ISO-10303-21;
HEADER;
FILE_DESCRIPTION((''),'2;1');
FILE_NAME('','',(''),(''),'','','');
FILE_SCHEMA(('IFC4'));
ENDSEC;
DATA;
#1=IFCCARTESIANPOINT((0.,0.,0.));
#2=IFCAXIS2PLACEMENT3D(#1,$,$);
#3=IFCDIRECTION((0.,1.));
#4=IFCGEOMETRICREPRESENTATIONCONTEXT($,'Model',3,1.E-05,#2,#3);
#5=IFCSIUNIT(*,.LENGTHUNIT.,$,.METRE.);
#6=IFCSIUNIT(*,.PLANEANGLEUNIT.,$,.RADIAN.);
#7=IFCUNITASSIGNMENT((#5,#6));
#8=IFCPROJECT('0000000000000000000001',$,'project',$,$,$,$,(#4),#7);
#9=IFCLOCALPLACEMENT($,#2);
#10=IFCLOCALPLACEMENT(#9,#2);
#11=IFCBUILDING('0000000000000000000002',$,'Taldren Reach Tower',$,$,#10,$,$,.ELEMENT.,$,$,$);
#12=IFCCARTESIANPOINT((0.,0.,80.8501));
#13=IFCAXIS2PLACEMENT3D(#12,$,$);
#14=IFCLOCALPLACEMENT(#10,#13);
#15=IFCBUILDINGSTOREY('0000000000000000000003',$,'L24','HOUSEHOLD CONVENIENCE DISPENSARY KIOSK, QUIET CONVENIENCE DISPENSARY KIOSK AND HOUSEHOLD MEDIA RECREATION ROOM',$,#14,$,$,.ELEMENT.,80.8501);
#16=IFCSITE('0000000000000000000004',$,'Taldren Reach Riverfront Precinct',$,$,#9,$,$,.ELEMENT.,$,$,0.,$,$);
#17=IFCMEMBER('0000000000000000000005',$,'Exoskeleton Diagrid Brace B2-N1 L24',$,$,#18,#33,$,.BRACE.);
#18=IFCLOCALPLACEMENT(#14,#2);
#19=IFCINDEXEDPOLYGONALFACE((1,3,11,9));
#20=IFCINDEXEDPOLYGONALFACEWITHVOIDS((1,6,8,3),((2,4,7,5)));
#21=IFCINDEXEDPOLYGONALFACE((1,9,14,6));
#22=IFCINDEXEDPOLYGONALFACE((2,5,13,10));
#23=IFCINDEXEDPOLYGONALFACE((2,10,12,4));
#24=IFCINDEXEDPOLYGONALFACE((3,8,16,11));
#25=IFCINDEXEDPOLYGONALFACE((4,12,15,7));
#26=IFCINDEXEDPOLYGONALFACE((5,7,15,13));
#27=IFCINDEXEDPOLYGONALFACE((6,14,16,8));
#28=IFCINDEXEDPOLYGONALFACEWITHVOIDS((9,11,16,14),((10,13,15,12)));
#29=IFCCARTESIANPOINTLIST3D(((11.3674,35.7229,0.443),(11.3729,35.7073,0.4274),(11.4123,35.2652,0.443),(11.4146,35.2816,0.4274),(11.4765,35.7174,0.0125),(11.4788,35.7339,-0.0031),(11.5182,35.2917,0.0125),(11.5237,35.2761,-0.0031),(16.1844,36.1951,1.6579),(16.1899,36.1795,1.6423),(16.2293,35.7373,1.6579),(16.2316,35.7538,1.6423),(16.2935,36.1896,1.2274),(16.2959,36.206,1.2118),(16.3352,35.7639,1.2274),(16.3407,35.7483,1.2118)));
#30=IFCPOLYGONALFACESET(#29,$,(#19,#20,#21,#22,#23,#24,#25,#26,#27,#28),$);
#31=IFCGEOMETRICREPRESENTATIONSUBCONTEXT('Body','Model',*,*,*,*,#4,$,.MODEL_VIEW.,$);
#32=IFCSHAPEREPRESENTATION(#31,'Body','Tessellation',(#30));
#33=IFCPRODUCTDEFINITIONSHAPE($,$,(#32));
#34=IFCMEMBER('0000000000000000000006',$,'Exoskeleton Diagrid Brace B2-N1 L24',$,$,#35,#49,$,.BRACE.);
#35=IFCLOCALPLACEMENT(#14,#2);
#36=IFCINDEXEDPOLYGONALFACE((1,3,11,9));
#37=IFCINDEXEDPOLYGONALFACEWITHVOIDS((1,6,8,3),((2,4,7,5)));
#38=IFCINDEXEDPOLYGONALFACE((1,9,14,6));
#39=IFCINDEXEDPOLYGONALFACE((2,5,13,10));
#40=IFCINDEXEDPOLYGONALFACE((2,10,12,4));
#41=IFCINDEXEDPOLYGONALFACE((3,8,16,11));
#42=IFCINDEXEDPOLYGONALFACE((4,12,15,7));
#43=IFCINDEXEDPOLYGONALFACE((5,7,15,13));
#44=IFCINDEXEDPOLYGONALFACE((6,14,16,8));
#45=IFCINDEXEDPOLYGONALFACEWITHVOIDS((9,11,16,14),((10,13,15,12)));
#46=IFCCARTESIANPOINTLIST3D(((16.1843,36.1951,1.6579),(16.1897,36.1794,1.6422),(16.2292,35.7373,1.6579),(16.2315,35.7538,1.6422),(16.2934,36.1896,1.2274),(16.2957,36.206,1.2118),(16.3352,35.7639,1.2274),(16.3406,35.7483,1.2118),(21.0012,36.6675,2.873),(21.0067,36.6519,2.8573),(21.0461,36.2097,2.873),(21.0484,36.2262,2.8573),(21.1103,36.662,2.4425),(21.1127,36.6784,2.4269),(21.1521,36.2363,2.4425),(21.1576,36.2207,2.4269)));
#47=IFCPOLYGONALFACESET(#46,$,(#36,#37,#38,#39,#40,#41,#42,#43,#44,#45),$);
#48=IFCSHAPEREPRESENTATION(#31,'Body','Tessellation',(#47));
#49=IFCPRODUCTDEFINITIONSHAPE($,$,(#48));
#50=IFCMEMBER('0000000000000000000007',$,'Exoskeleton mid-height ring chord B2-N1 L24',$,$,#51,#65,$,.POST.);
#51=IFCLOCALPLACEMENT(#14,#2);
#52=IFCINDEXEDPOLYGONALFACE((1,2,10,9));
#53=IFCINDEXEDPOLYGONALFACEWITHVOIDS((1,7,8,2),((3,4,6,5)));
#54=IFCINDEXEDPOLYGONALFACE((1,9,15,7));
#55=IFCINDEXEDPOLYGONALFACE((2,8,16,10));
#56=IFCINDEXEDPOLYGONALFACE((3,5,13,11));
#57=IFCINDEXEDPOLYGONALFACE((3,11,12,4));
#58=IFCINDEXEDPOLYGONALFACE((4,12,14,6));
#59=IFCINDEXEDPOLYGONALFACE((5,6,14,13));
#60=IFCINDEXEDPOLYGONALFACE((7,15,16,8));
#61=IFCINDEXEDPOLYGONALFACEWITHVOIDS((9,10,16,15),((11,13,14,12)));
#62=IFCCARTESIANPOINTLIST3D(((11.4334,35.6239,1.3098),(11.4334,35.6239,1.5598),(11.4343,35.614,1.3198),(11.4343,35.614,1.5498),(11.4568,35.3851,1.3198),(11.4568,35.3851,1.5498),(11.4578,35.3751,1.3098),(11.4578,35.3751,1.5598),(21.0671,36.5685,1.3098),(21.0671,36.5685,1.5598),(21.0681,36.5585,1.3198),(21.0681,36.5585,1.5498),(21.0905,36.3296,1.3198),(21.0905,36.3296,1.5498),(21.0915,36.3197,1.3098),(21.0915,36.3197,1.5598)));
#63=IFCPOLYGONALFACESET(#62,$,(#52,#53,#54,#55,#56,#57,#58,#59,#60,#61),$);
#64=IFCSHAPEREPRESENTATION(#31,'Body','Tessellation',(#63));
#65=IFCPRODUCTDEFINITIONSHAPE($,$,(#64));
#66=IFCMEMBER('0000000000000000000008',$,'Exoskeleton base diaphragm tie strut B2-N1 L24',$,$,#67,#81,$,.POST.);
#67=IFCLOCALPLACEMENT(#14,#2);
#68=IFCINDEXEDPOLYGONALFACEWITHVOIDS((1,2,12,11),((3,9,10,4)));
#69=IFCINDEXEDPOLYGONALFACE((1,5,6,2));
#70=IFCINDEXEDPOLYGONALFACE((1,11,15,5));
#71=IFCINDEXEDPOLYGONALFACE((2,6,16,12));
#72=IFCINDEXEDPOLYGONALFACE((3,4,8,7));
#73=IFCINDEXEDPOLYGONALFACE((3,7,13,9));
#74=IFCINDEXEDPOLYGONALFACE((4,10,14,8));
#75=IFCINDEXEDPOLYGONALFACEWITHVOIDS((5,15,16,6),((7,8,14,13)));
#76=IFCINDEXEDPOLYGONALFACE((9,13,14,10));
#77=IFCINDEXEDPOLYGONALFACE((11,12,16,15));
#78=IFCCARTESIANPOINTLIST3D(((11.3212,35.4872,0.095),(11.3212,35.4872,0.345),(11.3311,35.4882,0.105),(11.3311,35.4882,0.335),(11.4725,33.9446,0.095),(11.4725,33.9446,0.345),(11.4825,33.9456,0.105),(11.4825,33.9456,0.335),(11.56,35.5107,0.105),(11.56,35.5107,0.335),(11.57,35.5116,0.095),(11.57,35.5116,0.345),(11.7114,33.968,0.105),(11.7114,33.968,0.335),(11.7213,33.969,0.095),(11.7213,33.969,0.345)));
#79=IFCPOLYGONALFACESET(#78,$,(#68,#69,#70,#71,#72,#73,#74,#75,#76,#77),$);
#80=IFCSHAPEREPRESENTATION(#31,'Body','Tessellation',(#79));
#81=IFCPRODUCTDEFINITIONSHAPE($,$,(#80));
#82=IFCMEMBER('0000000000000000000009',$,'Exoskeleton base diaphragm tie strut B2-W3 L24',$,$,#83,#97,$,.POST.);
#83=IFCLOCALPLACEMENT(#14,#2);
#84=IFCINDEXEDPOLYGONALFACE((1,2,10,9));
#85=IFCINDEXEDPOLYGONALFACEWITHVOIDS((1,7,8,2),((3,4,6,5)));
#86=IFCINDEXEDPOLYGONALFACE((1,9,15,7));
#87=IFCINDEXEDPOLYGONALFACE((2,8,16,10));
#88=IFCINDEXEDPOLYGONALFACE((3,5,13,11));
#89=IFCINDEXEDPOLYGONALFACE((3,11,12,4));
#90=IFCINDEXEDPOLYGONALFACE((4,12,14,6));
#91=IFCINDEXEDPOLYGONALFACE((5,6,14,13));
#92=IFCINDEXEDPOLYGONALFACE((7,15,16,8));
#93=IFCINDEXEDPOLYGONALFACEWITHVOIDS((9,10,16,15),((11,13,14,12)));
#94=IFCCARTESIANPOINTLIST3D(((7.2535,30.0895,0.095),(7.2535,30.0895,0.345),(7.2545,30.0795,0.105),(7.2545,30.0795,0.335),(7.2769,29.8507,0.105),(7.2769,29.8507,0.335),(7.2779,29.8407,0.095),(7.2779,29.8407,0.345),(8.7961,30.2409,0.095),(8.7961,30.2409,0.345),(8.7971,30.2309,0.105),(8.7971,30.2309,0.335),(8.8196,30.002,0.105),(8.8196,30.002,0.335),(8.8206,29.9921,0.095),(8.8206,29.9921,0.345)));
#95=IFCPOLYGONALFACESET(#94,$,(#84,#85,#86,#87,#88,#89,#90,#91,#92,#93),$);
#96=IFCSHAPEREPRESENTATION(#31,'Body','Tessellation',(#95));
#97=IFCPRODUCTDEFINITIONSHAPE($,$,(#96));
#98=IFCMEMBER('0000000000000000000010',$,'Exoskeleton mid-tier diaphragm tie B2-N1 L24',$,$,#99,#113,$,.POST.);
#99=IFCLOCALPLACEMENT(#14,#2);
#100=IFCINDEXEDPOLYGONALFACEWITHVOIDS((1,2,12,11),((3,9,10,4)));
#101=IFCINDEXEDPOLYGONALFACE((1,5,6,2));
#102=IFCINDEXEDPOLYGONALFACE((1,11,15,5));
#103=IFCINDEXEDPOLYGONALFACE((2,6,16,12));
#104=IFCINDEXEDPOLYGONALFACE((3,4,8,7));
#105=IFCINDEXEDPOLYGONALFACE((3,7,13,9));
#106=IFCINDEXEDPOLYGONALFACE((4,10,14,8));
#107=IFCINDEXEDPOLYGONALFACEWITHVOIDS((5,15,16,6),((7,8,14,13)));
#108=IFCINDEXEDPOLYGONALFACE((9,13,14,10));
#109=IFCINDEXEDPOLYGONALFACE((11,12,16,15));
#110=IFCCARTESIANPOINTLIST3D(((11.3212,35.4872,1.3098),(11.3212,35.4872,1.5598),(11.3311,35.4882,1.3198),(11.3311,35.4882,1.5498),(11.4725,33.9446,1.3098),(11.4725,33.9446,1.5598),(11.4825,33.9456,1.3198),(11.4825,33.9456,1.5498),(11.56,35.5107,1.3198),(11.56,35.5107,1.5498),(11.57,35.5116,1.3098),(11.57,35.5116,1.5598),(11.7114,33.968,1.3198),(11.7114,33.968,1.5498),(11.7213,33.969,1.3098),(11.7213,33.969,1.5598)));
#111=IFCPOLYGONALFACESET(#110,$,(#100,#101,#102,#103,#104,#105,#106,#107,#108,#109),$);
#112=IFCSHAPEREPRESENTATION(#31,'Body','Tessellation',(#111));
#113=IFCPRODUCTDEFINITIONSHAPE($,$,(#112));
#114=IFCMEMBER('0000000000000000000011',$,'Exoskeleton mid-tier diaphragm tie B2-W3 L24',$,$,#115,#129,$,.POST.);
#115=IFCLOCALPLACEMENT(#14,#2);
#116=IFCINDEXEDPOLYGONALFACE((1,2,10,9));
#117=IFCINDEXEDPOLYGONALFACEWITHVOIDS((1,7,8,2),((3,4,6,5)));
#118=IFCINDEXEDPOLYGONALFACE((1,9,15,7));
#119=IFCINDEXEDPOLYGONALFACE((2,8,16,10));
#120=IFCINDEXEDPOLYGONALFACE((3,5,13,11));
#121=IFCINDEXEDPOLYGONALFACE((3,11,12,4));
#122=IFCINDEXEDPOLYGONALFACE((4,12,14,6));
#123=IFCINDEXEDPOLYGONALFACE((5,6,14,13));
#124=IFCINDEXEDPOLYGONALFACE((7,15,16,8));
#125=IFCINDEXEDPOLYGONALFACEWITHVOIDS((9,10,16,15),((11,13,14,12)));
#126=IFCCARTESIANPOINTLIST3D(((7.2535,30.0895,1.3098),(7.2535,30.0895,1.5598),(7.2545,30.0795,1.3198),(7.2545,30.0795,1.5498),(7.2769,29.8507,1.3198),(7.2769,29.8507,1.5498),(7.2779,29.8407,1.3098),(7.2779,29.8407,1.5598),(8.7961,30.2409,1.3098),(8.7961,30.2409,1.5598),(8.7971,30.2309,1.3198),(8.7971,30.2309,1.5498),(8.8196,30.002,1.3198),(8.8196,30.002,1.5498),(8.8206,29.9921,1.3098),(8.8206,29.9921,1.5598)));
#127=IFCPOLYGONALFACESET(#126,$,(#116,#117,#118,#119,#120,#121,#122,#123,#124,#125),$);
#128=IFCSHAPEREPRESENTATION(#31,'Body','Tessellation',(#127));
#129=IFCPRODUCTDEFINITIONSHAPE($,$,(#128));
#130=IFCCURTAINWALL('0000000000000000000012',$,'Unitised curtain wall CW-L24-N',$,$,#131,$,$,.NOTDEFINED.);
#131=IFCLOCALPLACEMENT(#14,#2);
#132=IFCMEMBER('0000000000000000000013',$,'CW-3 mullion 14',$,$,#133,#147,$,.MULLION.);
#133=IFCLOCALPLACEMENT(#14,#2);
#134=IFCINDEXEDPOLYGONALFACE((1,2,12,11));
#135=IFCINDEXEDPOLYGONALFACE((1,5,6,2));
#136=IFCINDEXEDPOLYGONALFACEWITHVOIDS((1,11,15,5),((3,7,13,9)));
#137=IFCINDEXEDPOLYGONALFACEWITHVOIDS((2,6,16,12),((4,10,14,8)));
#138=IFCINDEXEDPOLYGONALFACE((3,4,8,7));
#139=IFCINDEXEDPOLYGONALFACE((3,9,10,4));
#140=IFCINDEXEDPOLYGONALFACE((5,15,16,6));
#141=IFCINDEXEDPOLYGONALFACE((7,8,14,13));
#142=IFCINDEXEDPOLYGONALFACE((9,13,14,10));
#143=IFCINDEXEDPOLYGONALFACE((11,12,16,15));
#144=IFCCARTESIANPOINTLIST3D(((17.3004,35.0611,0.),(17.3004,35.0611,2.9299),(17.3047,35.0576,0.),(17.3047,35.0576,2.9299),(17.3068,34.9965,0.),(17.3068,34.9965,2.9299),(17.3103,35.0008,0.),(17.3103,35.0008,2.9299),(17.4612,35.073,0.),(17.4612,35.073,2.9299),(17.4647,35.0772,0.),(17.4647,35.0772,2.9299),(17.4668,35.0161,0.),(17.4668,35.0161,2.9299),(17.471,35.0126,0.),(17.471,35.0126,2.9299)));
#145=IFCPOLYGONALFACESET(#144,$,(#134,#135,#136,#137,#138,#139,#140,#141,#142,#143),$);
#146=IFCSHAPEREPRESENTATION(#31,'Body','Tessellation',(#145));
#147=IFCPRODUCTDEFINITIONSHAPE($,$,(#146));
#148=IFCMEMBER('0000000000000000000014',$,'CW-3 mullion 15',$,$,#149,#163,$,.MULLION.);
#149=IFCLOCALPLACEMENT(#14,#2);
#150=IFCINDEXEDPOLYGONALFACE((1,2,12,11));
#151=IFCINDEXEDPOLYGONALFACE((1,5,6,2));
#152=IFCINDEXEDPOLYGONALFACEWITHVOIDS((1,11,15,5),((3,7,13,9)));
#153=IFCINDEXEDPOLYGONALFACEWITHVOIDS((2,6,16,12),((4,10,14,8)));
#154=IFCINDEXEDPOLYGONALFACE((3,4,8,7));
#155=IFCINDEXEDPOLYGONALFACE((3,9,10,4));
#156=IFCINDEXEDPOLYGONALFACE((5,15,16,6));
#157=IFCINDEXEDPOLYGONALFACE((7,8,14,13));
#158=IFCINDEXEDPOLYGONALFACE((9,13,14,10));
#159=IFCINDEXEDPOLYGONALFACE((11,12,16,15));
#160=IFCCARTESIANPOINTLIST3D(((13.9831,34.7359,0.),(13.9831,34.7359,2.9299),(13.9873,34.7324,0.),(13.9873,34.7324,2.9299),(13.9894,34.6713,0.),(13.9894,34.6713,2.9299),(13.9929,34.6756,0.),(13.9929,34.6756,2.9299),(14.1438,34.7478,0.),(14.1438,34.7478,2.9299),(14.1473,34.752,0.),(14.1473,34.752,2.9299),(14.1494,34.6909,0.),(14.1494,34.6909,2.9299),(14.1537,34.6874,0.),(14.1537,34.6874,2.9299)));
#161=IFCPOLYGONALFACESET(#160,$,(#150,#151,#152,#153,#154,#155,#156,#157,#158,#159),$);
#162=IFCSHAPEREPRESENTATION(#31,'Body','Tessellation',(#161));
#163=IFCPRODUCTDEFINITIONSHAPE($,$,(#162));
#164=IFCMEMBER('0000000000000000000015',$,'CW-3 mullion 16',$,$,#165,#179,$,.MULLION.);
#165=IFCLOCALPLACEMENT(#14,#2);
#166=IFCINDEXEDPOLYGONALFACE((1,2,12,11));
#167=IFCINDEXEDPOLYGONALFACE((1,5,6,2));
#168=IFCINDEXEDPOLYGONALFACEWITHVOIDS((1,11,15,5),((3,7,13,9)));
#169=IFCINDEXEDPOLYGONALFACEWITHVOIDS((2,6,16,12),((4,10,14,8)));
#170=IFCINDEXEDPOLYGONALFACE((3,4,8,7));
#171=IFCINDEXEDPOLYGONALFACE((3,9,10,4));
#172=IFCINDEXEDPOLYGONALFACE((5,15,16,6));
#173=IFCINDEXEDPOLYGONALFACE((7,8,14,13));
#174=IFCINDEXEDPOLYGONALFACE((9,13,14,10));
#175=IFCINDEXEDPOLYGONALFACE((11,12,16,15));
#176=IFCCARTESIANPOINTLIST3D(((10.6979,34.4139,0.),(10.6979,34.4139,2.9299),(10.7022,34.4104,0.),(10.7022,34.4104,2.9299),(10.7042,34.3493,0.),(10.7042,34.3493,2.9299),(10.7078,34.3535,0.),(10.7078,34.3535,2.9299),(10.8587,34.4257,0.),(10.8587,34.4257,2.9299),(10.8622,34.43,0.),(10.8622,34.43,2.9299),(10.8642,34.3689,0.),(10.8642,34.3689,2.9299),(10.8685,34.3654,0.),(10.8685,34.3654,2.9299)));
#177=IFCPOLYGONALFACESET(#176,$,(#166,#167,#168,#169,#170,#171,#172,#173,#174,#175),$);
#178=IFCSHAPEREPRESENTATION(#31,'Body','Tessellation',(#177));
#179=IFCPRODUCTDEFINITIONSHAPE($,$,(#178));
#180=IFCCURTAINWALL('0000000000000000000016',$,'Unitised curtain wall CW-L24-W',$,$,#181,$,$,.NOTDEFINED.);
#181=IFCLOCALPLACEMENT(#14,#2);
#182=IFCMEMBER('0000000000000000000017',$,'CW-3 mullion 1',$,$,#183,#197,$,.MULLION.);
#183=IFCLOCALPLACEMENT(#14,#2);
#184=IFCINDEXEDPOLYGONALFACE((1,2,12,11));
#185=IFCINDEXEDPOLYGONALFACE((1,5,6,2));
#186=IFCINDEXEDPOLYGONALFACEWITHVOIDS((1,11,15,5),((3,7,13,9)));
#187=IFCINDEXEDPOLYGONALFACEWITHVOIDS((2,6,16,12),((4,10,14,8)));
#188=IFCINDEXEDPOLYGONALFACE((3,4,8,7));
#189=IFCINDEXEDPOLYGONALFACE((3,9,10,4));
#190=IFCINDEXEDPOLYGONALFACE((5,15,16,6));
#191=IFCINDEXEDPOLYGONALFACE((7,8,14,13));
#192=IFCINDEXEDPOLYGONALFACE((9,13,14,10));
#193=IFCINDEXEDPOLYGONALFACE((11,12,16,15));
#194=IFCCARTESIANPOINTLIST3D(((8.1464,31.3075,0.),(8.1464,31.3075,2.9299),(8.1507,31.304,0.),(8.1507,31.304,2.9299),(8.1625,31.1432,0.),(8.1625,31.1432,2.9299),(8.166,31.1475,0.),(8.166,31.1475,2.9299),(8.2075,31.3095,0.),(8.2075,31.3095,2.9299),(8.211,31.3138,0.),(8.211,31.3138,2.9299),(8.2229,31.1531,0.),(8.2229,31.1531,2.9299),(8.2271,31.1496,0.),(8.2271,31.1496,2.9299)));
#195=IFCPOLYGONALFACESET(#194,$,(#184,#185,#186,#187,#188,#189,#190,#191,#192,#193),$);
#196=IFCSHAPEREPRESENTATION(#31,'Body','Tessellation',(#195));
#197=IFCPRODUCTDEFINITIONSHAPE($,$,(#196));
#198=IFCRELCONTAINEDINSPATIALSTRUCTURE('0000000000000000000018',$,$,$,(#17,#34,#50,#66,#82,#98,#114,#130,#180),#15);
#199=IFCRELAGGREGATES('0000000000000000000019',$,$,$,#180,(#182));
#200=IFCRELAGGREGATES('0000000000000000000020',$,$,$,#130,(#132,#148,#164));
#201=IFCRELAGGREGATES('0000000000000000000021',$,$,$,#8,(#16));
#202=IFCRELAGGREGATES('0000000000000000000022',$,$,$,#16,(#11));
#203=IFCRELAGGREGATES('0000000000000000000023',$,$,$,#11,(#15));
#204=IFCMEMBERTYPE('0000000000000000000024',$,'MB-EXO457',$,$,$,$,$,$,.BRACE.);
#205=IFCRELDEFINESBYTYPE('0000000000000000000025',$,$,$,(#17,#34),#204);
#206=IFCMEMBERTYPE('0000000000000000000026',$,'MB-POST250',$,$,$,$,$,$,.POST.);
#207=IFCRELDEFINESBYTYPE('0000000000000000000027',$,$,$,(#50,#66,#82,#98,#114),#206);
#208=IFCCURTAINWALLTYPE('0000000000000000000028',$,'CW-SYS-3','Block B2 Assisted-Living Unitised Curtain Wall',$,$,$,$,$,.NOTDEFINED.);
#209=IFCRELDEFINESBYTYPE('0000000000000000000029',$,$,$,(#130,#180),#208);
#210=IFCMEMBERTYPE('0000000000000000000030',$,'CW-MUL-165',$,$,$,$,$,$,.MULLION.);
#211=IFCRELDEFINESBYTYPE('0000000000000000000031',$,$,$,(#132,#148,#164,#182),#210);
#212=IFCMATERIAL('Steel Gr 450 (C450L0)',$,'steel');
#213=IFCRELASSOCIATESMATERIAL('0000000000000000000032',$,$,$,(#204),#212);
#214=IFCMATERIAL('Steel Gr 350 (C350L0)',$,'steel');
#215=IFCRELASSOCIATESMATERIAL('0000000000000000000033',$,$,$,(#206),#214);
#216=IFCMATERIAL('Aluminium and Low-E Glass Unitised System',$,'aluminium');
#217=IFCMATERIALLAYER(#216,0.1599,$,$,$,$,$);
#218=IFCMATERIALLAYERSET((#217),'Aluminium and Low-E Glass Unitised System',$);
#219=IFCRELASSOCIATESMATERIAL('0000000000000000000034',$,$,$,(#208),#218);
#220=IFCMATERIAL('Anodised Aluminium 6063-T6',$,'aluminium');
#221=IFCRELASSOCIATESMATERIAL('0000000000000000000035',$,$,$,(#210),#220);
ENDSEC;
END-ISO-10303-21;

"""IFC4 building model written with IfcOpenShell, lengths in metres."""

from ifc_helpers import new_model, si_unit, direction, frame, origin, origin_2d, place, context, subcontext, project, spatial, hollow_rectangle, extrude, source, transform, mapped, material, layer, layer_set, material_profile, profile_set, type_object, element, aggregate, save


model = new_model("IFC4")

# Units and contexts
model_context = context("Model", 3, precision=1e-05, world=origin(), true_north=direction((0.0, 1.0)))
body_context = subcontext(model_context, "Body", "Model", "MODEL_VIEW")
ifc_project = project(units=[si_unit("LENGTHUNIT", "METRE"), si_unit("PLANEANGLEUNIT", "RADIAN")], contexts=[model_context])

# Site, building, storey
site_placement = place(None, origin())
site = spatial("IfcSite", under=ifc_project, at=site_placement, Name="Taldren Reach Riverfront Precinct", CompositionType="ELEMENT", RefElevation=0.0)
building_placement = place(site_placement, origin())
building = spatial("IfcBuilding", under=site, at=building_placement, Name="Taldren Reach Tower", CompositionType="ELEMENT")
storey_placement = place(building_placement, frame((0.0, 0.0, 80.8501)))
storey = spatial("IfcBuildingStorey", under=building, at=storey_placement, Name="L24", Description="HOUSEHOLD CONVENIENCE DISPENSARY KIOSK, QUIET CONVENIENCE DISPENSARY KIOSK AND HOUSEHOLD MEDIA RECREATION ROOM", CompositionType="ELEMENT", Elevation=80.8501)

# Members
ifc_material_1 = material(Name="Steel Gr 450 (C450L0)", Category="steel")
ifc_material_profile_1 = material_profile(ifc_material_1, hollow_rectangle(XDim=0.46, YDim=0.46, WallThickness=0.0161, at=origin_2d()), Name="460x460x16.0SHS")
ifc_profile_set_1 = profile_set([ifc_material_profile_1], Name="Steel Gr 450 (C450L0)")
member_type_1 = type_object("IfcMemberType", Name="MB-EXO457", PredefinedType="BRACE", material=ifc_profile_set_1)
shared_shape_1 = source(origin(), body_context, "Body", "SweptSolid", [
    extrude(hollow_rectangle(XDim=0.46, YDim=0.46, WallThickness=0.0161, at=origin_2d()), origin(), (0.0, 0.0, 1.0), 4.9902),
])
for number, where, z_axis, x_axis, name in (
    (1, (11.4456, 35.4995, 0.22), (0.965287, 0.094621, 0.24345), (-0.097556, 0.99523, 0.0), "Exoskeleton Diagrid Brace B2-N1 L24"),
    (2, (16.2625, 35.9717, 1.4348), (0.965271, 0.094668, 0.243495), (-0.097606, 0.995225, 0.0), "Exoskeleton Diagrid Brace B2-N1 L24"),
):
    element("IfcMember", number, at=place(storey_placement, frame(where, z_axis=z_axis, x_axis=x_axis)), inside=storey, type_object=member_type_1, Name=name, PredefinedType="BRACE", context=body_context, shape_type="MappedRepresentation", body=[
        mapped(shared_shape_1, transform((0.0, 0.0, 0.0), scale=1.0)),
    ])
ifc_material_2 = material(Name="Steel Gr 350 (C350L0)", Category="steel")
ifc_material_profile_2 = material_profile(ifc_material_2, hollow_rectangle(XDim=0.25, YDim=0.25, WallThickness=0.01, at=origin_2d()), Name="250x250x10.0SHS")
ifc_profile_set_2 = profile_set([ifc_material_profile_2], Name="Steel Gr 350 (C350L0)")
member_type_2 = type_object("IfcMemberType", Name="MB-POST250", PredefinedType="POST", material=ifc_profile_set_2)
shared_shape_2 = source(origin(), body_context, "Body", "SweptSolid", [
    extrude(hollow_rectangle(XDim=0.25, YDim=0.25, WallThickness=0.01, at=origin_2d()), origin(), (0.0, 0.0, 1.0), 9.6799),
])
member_1_placement = place(storey_placement, frame((11.4456, 35.4995, 1.4348), z_axis=(0.995228, 0.097581, 0.0), x_axis=(-0.097581, 0.995228, 0.0)))
element("IfcMember", 3, at=member_1_placement, inside=storey, type_object=member_type_2, Name="Exoskeleton mid-height ring chord B2-N1 L24", PredefinedType="POST", context=body_context, shape_type="MappedRepresentation", body=[
    mapped(shared_shape_2, transform((0.0, 0.0, 0.0), scale=1.0)),
])
shared_shape_3 = source(origin(), body_context, "Body", "SweptSolid", [
    extrude(hollow_rectangle(XDim=0.25, YDim=0.25, WallThickness=0.01, at=origin_2d()), origin(), (0.0, 0.0, 1.0), 1.55),
])
for number, where, z_axis, x_axis, name in (
    (4, (11.5969, 33.9568, 0.22), (-0.097648, 0.995221, 0.0), (-0.995221, -0.097648, 0.0), "Exoskeleton base diaphragm tie strut B2-N1 L24"),
    (5, (8.8083, 30.1165, 0.22), (-0.995221, -0.097648, 0.0), (0.097648, -0.995221, 0.0), "Exoskeleton base diaphragm tie strut B2-W3 L24"),
    (6, (11.5969, 33.9568, 1.4348), (-0.097648, 0.995221, 0.0), (-0.995221, -0.097648, 0.0), "Exoskeleton mid-tier diaphragm tie B2-N1 L24"),
    (7, (8.8083, 30.1165, 1.4348), (-0.995221, -0.097648, 0.0), (0.097648, -0.995221, 0.0), "Exoskeleton mid-tier diaphragm tie B2-W3 L24"),
):
    element("IfcMember", number, at=place(storey_placement, frame(where, z_axis=z_axis, x_axis=x_axis)), inside=storey, type_object=member_type_2, Name=name, PredefinedType="POST", context=body_context, shape_type="MappedRepresentation", body=[
        mapped(shared_shape_3, transform((0.0, 0.0, 0.0), scale=1.0)),
    ])

# Curtain wall, members
ifc_material_3 = material(Name="Aluminium and Low-E Glass Unitised System", Category="aluminium")
ifc_layer_1 = layer(ifc_material_3, 0.1599)
ifc_layer_set_1 = layer_set([ifc_layer_1], Name="Aluminium and Low-E Glass Unitised System")
curtain_wall_type = type_object("IfcCurtainWallType", Name="CW-SYS-3", Description="Block B2 Assisted-Living Unitised Curtain Wall", PredefinedType="NOTDEFINED", material=ifc_layer_set_1)
curtain_wall_1_placement = place(storey_placement, origin())
curtain_wall_1 = element("IfcCurtainWall", 8, at=curtain_wall_1_placement, inside=storey, type_object=curtain_wall_type, Name="Unitised curtain wall CW-L24-N", PredefinedType="NOTDEFINED")
ifc_material_4 = material(Name="Anodised Aluminium 6063-T6", Category="aluminium")
ifc_material_profile_3 = material_profile(ifc_material_4, hollow_rectangle(XDim=0.0649, YDim=0.165, WallThickness=0.0039, at=origin_2d()), Name="ALU-165x65x4RHS")
ifc_profile_set_3 = profile_set([ifc_material_profile_3], Name="Anodised Aluminium 6063-T6")
member_type_3 = type_object("IfcMemberType", Name="CW-MUL-165", PredefinedType="MULLION", material=ifc_profile_set_3)
shared_shape_4 = source(origin(), body_context, "Body", "SweptSolid", [
    extrude(hollow_rectangle(XDim=0.0649, YDim=0.165, WallThickness=0.0039, at=origin_2d()), origin(), (0.0, 0.0, 1.0), 2.9299),
])
member_2_placement = place(storey_placement, frame((17.3857, 35.0369, 0.0), z_axis=(0.0, 0.0, 1.0), x_axis=(0.097583, -0.995227, 0.0)))
member_2 = element("IfcMember", 9, at=member_2_placement, type_object=member_type_3, Name="CW-3 mullion 14", PredefinedType="MULLION", context=body_context, shape_type="MappedRepresentation", body=[
    mapped(shared_shape_4, transform((0.0, 0.0, 0.0), scale=1.0)),
])
member_3_placement = place(storey_placement, frame((14.0684, 34.7117, 0.0), z_axis=(0.0, 0.0, 1.0), x_axis=(0.097583, -0.995227, 0.0)))
member_3 = element("IfcMember", 10, at=member_3_placement, type_object=member_type_3, Name="CW-3 mullion 15", PredefinedType="MULLION", context=body_context, shape_type="MappedRepresentation", body=[
    mapped(shared_shape_4, transform((0.0, 0.0, 0.0), scale=1.0)),
])
member_4_placement = place(storey_placement, frame((10.7832, 34.3896, 0.0), z_axis=(0.0, 0.0, 1.0), x_axis=(0.097583, -0.995227, 0.0)))
member_4 = element("IfcMember", 11, at=member_4_placement, type_object=member_type_3, Name="CW-3 mullion 16", PredefinedType="MULLION", context=body_context, shape_type="MappedRepresentation", body=[
    mapped(shared_shape_4, transform((0.0, 0.0, 0.0), scale=1.0)),
])

# Curtain wall, member
curtain_wall_2_placement = place(storey_placement, origin())
curtain_wall_2 = element("IfcCurtainWall", 12, at=curtain_wall_2_placement, inside=storey, type_object=curtain_wall_type, Name="Unitised curtain wall CW-L24-W", PredefinedType="NOTDEFINED")
member_5_placement = place(storey_placement, frame((8.1868, 31.2285, 0.0), z_axis=(0.0, 0.0, 1.0), x_axis=(0.995227, 0.097583, 0.0)))
member_5 = element("IfcMember", 13, at=member_5_placement, type_object=member_type_3, Name="CW-3 mullion 1", PredefinedType="MULLION", context=body_context, shape_type="MappedRepresentation", body=[
    mapped(shared_shape_4, transform((0.0, 0.0, 0.0), scale=1.0)),
])

aggregate(curtain_wall_2, [member_5])

aggregate(curtain_wall_1, [member_2, member_3, member_4])

save(model, "model.ifc")
